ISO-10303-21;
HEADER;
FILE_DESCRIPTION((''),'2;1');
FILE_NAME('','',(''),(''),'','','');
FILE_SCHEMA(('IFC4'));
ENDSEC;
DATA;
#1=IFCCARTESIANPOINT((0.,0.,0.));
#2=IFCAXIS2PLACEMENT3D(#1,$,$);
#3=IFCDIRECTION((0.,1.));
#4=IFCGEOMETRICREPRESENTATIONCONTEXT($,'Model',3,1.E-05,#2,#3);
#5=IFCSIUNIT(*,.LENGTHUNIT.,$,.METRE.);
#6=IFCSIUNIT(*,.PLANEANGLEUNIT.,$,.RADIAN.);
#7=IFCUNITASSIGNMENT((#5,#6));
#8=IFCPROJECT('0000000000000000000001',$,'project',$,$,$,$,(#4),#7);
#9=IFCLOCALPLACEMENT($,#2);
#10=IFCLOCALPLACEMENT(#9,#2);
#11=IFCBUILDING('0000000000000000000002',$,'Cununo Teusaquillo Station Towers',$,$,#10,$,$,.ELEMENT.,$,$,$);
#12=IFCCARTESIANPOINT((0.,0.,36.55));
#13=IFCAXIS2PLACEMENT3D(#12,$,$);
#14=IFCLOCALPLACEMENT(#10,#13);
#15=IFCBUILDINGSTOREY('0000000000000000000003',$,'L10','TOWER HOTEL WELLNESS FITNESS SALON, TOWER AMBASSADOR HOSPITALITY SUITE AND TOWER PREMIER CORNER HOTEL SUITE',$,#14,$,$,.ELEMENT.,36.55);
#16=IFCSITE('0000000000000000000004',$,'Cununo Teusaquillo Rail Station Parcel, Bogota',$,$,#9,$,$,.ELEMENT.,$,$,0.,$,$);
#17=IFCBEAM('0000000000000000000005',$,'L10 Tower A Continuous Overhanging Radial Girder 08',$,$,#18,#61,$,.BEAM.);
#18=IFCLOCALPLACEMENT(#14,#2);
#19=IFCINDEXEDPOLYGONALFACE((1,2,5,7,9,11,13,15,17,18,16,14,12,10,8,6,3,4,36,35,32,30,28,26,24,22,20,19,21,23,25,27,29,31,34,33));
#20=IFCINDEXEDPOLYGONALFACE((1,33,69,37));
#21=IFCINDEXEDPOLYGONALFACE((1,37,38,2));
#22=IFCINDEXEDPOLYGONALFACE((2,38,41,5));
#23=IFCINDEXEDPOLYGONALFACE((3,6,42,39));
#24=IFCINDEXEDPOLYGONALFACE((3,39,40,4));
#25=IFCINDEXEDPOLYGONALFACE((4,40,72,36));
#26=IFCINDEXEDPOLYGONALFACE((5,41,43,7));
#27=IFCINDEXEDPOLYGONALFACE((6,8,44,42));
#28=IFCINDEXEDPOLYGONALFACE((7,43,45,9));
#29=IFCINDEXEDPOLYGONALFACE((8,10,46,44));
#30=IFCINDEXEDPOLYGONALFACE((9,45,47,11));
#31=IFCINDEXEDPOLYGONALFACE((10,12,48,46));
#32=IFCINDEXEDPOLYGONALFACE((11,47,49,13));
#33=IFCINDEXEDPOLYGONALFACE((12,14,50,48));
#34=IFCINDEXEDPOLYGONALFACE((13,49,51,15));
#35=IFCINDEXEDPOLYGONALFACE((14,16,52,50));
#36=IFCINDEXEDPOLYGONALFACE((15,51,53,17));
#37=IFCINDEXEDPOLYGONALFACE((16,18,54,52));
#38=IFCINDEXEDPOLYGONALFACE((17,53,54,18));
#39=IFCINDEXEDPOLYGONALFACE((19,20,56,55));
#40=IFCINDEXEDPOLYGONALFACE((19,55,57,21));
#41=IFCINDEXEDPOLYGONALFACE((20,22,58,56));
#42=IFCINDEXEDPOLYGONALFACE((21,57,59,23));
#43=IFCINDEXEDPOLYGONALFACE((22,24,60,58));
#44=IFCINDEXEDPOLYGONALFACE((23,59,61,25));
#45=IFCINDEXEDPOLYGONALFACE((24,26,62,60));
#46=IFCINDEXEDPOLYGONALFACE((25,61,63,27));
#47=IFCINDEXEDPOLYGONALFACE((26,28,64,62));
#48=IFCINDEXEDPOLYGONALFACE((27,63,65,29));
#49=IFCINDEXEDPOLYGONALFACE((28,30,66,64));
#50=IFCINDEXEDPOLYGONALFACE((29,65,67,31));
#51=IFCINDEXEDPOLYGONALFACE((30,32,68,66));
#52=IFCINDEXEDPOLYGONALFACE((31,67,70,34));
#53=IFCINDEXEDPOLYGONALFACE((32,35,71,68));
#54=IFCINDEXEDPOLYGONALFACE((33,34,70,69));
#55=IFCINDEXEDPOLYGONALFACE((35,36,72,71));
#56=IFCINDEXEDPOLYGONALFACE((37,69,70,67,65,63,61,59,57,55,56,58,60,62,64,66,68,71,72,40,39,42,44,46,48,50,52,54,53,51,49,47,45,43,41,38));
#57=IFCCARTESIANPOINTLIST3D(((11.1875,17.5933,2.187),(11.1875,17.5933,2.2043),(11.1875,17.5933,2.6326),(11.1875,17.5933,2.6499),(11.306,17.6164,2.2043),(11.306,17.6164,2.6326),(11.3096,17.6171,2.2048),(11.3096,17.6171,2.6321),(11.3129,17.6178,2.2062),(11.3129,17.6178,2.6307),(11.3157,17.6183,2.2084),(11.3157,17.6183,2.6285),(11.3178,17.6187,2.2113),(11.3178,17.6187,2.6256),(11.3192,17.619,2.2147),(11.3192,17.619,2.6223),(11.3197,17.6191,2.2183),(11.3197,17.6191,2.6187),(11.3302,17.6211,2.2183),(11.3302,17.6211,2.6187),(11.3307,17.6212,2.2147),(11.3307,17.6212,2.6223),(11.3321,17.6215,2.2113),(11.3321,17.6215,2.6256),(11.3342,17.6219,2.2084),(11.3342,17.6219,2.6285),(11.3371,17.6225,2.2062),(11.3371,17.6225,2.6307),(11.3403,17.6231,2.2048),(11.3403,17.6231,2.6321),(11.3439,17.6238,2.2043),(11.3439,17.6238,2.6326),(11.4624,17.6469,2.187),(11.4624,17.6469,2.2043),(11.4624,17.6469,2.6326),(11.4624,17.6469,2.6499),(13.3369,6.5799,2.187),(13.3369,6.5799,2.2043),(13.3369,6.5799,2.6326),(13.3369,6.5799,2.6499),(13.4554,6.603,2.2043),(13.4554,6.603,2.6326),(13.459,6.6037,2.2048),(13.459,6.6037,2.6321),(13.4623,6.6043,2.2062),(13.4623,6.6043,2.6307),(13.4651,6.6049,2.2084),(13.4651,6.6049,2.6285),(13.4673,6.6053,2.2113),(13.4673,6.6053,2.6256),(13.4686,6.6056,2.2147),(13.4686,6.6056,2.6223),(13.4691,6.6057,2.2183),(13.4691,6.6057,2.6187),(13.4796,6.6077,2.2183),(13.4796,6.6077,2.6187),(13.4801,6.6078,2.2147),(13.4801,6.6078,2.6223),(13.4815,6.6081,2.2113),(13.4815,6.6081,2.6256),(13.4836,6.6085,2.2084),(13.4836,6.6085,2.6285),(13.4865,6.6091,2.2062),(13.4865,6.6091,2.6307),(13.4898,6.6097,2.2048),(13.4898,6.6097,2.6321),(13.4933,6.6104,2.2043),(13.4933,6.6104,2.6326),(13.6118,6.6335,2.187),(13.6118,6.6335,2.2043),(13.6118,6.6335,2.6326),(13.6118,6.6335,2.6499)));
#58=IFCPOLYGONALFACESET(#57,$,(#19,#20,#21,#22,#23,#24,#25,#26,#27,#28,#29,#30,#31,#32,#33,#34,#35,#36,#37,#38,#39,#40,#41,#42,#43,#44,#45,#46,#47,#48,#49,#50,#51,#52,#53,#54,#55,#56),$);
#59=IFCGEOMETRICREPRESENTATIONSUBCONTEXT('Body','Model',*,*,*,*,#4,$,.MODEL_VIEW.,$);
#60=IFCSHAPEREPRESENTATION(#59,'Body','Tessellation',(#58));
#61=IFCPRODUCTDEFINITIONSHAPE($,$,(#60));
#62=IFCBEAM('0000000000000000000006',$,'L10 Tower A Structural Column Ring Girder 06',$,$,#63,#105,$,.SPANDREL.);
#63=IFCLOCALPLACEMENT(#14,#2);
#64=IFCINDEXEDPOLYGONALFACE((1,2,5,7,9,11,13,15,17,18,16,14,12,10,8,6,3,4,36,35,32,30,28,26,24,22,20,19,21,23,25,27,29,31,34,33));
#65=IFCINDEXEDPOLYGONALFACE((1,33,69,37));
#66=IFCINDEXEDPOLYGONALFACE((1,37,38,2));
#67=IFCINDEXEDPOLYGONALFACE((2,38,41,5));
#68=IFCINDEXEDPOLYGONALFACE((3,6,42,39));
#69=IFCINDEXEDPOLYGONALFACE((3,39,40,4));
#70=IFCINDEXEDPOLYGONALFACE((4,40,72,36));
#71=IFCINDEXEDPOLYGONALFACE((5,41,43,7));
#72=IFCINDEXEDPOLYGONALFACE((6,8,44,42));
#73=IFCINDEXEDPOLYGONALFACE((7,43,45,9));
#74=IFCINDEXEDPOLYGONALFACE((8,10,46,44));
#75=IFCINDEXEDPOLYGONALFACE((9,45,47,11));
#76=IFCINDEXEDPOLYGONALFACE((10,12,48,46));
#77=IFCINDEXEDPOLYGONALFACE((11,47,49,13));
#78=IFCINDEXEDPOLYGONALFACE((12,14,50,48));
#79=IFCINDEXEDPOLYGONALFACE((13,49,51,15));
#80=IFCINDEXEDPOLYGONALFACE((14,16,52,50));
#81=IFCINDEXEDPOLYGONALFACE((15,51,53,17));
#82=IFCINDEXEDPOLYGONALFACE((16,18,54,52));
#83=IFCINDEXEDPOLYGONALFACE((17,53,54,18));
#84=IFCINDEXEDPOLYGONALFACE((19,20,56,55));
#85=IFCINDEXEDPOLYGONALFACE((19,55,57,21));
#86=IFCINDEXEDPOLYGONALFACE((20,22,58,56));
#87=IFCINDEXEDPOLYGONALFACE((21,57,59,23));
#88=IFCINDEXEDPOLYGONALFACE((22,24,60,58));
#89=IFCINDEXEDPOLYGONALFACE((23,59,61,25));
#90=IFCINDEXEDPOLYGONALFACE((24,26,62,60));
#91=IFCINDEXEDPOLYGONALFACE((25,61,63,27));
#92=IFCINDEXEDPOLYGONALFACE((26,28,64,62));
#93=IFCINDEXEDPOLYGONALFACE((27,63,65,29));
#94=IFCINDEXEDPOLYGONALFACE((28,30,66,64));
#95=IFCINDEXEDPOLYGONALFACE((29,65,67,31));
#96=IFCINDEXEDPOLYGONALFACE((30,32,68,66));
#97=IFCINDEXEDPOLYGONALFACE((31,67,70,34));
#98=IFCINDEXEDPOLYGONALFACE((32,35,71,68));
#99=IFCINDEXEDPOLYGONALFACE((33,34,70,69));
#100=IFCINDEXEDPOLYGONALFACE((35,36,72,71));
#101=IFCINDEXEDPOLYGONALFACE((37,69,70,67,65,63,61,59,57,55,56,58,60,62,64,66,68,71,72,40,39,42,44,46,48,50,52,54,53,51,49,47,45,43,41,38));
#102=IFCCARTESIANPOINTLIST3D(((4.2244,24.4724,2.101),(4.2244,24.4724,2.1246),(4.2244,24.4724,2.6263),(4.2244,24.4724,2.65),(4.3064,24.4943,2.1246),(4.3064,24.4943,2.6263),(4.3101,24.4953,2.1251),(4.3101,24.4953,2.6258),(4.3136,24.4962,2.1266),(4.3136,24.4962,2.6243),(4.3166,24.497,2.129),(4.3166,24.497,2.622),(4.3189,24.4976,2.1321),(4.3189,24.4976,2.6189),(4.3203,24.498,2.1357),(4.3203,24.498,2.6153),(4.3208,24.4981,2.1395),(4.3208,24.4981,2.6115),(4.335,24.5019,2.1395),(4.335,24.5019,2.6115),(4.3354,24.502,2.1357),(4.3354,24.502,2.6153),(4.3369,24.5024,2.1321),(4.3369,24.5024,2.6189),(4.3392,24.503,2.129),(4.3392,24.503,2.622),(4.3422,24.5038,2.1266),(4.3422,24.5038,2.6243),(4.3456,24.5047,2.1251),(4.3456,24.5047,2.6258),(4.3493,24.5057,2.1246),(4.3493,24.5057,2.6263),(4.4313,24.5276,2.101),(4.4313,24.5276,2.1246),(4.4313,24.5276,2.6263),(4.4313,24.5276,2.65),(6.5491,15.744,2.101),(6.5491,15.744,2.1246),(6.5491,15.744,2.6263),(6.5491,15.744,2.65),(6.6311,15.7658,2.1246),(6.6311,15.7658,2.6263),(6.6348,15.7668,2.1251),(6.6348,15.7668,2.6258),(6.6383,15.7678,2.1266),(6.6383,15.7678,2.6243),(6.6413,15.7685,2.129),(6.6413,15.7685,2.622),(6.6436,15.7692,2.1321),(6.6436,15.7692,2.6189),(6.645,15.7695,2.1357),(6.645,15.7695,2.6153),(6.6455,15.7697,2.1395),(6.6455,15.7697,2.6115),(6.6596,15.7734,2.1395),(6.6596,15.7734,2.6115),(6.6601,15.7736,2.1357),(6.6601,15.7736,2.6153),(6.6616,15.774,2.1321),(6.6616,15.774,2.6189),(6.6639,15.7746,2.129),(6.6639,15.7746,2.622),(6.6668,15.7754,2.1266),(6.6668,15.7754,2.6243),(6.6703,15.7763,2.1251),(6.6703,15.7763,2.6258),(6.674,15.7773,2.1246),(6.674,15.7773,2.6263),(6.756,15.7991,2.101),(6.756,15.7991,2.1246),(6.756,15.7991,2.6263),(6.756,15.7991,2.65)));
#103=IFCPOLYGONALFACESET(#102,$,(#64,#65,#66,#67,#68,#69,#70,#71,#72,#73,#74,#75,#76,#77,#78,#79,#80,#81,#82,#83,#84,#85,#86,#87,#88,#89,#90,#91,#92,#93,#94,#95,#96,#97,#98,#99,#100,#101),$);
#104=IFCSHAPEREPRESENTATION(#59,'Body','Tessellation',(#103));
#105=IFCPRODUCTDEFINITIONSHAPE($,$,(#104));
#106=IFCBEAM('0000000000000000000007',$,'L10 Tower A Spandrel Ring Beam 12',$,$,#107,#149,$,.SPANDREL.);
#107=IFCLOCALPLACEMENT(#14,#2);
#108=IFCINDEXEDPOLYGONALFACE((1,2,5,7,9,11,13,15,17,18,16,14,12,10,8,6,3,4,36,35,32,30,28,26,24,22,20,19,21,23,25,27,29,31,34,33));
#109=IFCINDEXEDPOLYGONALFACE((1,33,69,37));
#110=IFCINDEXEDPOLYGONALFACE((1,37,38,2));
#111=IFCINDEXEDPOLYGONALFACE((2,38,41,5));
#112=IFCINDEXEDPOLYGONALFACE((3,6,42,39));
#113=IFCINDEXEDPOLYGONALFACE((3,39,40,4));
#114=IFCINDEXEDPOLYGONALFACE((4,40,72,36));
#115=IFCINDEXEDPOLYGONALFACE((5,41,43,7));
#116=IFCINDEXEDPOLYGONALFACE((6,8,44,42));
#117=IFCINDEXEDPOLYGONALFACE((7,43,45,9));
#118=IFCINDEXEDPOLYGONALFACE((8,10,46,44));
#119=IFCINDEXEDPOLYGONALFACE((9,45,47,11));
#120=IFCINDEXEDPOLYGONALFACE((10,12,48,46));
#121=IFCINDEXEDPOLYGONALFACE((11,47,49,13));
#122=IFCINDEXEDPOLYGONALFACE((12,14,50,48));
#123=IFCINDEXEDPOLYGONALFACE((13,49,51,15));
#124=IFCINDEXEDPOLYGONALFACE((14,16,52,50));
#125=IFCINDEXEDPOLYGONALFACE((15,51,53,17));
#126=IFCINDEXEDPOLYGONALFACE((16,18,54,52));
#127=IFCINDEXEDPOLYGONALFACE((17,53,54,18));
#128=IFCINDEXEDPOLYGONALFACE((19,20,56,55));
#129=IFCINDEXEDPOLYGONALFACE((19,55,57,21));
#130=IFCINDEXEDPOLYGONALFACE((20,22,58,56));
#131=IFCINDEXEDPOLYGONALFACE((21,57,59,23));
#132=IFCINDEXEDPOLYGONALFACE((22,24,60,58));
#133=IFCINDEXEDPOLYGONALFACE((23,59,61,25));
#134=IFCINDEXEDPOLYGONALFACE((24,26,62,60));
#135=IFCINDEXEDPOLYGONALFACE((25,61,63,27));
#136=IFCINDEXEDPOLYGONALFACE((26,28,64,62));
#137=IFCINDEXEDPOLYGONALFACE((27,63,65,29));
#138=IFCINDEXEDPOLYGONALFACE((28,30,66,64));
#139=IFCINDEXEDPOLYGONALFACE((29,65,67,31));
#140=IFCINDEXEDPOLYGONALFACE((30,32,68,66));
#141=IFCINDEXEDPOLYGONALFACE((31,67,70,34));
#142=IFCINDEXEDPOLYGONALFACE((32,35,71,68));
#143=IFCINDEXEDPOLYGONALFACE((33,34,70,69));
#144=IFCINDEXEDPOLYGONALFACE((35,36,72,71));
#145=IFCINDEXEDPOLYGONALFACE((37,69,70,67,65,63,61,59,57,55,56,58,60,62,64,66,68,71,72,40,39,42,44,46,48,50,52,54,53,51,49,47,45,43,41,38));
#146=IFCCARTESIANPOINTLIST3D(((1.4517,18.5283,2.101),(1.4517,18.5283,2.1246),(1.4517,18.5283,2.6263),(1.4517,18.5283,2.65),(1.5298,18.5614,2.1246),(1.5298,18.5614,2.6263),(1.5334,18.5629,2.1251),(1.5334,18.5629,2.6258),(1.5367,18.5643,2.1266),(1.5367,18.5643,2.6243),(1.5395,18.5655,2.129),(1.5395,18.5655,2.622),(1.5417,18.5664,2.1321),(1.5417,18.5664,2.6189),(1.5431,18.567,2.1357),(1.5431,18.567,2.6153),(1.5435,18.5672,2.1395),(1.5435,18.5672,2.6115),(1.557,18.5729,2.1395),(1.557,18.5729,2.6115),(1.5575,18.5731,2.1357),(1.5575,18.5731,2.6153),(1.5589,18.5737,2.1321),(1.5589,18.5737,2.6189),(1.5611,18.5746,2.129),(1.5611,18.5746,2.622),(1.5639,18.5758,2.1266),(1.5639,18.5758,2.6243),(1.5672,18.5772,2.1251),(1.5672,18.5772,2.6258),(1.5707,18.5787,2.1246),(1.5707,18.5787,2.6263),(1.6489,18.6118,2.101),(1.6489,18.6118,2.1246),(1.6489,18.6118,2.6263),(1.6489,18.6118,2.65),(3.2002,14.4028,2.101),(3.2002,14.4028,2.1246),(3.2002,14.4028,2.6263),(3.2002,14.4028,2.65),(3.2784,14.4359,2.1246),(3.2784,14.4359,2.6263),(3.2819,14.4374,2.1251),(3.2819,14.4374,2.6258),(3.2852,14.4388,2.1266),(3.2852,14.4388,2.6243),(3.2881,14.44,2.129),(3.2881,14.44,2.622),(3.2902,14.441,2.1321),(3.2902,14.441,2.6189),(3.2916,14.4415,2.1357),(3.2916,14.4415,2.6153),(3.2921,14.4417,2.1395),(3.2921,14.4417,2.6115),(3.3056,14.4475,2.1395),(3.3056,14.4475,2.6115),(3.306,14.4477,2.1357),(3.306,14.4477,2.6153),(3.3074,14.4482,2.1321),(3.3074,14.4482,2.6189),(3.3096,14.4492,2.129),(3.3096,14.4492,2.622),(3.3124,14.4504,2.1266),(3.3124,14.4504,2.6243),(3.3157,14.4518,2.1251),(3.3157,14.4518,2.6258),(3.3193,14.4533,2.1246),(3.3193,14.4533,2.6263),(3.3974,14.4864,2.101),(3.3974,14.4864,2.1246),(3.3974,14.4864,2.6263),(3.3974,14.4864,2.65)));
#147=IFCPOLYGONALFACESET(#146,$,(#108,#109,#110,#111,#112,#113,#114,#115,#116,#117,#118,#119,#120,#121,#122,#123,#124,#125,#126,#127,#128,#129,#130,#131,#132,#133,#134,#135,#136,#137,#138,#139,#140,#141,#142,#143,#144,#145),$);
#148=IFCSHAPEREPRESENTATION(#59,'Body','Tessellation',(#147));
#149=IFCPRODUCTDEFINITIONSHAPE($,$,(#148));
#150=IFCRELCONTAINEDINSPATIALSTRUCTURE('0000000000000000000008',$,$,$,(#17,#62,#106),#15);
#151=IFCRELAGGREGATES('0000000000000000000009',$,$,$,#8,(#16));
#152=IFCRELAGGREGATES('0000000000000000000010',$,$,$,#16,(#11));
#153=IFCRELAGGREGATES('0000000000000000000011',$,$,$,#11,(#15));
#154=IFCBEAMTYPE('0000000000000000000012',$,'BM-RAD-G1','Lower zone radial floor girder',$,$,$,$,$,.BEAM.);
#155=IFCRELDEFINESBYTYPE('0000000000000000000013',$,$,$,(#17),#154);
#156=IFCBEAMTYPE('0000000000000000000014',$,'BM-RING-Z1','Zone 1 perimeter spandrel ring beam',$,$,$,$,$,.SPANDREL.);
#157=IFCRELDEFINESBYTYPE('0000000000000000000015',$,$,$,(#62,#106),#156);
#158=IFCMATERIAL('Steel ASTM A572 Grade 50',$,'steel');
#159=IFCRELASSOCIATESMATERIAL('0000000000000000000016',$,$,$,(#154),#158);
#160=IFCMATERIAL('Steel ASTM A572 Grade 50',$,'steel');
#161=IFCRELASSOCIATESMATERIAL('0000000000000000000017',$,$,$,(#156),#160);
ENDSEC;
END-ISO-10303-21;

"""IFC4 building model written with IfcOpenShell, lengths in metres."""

from ifc_helpers import new_model, si_unit, direction, frame, origin, origin_2d, place, context, subcontext, project, spatial, i_section, extrude, material, material_profile, profile_set, type_object, element, save


model = new_model("IFC4")

# Units and contexts
model_context = context("Model", 3, precision=1e-05, world=origin(), true_north=direction((0.0, 1.0)))
body_context = subcontext(model_context, "Body", "Model", "MODEL_VIEW")
ifc_project = project(units=[si_unit("LENGTHUNIT", "METRE"), si_unit("PLANEANGLEUNIT", "RADIAN")], contexts=[model_context])

# Site, building, storey
site_placement = place(None, origin())
site = spatial("IfcSite", under=ifc_project, at=site_placement, Name="Cununo Teusaquillo Rail Station Parcel, Bogota", CompositionType="ELEMENT", RefElevation=0.0)
building_placement = place(site_placement, origin())
building = spatial("IfcBuilding", under=site, at=building_placement, Name="Cununo Teusaquillo Station Towers", CompositionType="ELEMENT")
storey_placement = place(building_placement, frame((0.0, 0.0, 36.55)))
storey = spatial("IfcBuildingStorey", under=building, at=storey_placement, Name="L10", Description="TOWER HOTEL WELLNESS FITNESS SALON, TOWER AMBASSADOR HOSPITALITY SUITE AND TOWER PREMIER CORNER HOTEL SUITE", CompositionType="ELEMENT", Elevation=36.55)

# Beams
ifc_material_1 = material(Name="Steel ASTM A572 Grade 50", Category="steel")
ifc_material_profile_1 = material_profile(ifc_material_1, i_section(OverallWidth=0.28, OverallDepth=0.4629, WebThickness=0.0107, FlangeThickness=0.0173, FilletRadius=0.0139, at=origin_2d()), Name="W18X76")
ifc_profile_set_1 = profile_set([ifc_material_profile_1], Name="Steel ASTM A572 Grade 50")
beam_type_1 = type_object("IfcBeamType", Name="BM-RAD-G1", Description="Lower zone radial floor girder", PredefinedType="BEAM", material=ifc_profile_set_1)
beam_1_placement = place(storey_placement, frame((11.325, 17.6201, 2.4185), z_axis=(0.191549, -0.981483, 0.0), x_axis=(0.981483, 0.191549, 0.0)))
element("IfcBeam", 1, at=beam_1_placement, inside=storey, type_object=beam_type_1, Name="L10 Tower A Continuous Overhanging Radial Girder 08", PredefinedType="BEAM", context=body_context, shape_type="SweptSolid", body=[
    extrude(i_section(OverallWidth=0.28, OverallDepth=0.4629, WebThickness=0.0107, FlangeThickness=0.0173, FilletRadius=0.0139, at=origin_2d()), origin(), (0.0, 0.0, 1.0), 11.2212),
])
ifc_material_2 = material(Name="Steel ASTM A572 Grade 50", Category="steel")
ifc_material_profile_2 = material_profile(ifc_material_2, i_section(OverallWidth=0.2141, OverallDepth=0.5491, WebThickness=0.0146, FlangeThickness=0.0237, FilletRadius=0.0149, at=origin_2d()), Name="W21X93")
ifc_profile_set_2 = profile_set([ifc_material_profile_2], Name="Steel ASTM A572 Grade 50")
beam_type_2 = type_object("IfcBeamType", Name="BM-RING-Z1", Description="Zone 1 perimeter spandrel ring beam", PredefinedType="SPANDREL", material=ifc_profile_set_2)
beam_2_placement = place(storey_placement, frame((4.3279, 24.5, 2.3755), z_axis=(0.257363, -0.966315, 0.0), x_axis=(0.966315, 0.257363, 0.0)))
element("IfcBeam", 2, at=beam_2_placement, inside=storey, type_object=beam_type_2, Name="L10 Tower A Structural Column Ring Girder 06", PredefinedType="SPANDREL", context=body_context, shape_type="SweptSolid", body=[
    extrude(i_section(OverallWidth=0.2141, OverallDepth=0.5491, WebThickness=0.0146, FlangeThickness=0.0237, FilletRadius=0.0149, at=origin_2d()), origin(), (0.0, 0.0, 1.0), 9.0327),
])
beam_3_placement = place(storey_placement, frame((1.5503, 18.5701, 2.3755), z_axis=(0.390234, -0.920716, 0.0), x_axis=(0.920716, 0.390234, 0.0)))
element("IfcBeam", 3, at=beam_3_placement, inside=storey, type_object=beam_type_2, Name="L10 Tower A Spandrel Ring Beam 12", PredefinedType="SPANDREL", context=body_context, shape_type="SweptSolid", body=[
    extrude(i_section(OverallWidth=0.2141, OverallDepth=0.5491, WebThickness=0.0146, FlangeThickness=0.0237, FilletRadius=0.0149, at=origin_2d()), origin(), (0.0, 0.0, 1.0), 4.4807),
])

save(model, "model.ifc")
